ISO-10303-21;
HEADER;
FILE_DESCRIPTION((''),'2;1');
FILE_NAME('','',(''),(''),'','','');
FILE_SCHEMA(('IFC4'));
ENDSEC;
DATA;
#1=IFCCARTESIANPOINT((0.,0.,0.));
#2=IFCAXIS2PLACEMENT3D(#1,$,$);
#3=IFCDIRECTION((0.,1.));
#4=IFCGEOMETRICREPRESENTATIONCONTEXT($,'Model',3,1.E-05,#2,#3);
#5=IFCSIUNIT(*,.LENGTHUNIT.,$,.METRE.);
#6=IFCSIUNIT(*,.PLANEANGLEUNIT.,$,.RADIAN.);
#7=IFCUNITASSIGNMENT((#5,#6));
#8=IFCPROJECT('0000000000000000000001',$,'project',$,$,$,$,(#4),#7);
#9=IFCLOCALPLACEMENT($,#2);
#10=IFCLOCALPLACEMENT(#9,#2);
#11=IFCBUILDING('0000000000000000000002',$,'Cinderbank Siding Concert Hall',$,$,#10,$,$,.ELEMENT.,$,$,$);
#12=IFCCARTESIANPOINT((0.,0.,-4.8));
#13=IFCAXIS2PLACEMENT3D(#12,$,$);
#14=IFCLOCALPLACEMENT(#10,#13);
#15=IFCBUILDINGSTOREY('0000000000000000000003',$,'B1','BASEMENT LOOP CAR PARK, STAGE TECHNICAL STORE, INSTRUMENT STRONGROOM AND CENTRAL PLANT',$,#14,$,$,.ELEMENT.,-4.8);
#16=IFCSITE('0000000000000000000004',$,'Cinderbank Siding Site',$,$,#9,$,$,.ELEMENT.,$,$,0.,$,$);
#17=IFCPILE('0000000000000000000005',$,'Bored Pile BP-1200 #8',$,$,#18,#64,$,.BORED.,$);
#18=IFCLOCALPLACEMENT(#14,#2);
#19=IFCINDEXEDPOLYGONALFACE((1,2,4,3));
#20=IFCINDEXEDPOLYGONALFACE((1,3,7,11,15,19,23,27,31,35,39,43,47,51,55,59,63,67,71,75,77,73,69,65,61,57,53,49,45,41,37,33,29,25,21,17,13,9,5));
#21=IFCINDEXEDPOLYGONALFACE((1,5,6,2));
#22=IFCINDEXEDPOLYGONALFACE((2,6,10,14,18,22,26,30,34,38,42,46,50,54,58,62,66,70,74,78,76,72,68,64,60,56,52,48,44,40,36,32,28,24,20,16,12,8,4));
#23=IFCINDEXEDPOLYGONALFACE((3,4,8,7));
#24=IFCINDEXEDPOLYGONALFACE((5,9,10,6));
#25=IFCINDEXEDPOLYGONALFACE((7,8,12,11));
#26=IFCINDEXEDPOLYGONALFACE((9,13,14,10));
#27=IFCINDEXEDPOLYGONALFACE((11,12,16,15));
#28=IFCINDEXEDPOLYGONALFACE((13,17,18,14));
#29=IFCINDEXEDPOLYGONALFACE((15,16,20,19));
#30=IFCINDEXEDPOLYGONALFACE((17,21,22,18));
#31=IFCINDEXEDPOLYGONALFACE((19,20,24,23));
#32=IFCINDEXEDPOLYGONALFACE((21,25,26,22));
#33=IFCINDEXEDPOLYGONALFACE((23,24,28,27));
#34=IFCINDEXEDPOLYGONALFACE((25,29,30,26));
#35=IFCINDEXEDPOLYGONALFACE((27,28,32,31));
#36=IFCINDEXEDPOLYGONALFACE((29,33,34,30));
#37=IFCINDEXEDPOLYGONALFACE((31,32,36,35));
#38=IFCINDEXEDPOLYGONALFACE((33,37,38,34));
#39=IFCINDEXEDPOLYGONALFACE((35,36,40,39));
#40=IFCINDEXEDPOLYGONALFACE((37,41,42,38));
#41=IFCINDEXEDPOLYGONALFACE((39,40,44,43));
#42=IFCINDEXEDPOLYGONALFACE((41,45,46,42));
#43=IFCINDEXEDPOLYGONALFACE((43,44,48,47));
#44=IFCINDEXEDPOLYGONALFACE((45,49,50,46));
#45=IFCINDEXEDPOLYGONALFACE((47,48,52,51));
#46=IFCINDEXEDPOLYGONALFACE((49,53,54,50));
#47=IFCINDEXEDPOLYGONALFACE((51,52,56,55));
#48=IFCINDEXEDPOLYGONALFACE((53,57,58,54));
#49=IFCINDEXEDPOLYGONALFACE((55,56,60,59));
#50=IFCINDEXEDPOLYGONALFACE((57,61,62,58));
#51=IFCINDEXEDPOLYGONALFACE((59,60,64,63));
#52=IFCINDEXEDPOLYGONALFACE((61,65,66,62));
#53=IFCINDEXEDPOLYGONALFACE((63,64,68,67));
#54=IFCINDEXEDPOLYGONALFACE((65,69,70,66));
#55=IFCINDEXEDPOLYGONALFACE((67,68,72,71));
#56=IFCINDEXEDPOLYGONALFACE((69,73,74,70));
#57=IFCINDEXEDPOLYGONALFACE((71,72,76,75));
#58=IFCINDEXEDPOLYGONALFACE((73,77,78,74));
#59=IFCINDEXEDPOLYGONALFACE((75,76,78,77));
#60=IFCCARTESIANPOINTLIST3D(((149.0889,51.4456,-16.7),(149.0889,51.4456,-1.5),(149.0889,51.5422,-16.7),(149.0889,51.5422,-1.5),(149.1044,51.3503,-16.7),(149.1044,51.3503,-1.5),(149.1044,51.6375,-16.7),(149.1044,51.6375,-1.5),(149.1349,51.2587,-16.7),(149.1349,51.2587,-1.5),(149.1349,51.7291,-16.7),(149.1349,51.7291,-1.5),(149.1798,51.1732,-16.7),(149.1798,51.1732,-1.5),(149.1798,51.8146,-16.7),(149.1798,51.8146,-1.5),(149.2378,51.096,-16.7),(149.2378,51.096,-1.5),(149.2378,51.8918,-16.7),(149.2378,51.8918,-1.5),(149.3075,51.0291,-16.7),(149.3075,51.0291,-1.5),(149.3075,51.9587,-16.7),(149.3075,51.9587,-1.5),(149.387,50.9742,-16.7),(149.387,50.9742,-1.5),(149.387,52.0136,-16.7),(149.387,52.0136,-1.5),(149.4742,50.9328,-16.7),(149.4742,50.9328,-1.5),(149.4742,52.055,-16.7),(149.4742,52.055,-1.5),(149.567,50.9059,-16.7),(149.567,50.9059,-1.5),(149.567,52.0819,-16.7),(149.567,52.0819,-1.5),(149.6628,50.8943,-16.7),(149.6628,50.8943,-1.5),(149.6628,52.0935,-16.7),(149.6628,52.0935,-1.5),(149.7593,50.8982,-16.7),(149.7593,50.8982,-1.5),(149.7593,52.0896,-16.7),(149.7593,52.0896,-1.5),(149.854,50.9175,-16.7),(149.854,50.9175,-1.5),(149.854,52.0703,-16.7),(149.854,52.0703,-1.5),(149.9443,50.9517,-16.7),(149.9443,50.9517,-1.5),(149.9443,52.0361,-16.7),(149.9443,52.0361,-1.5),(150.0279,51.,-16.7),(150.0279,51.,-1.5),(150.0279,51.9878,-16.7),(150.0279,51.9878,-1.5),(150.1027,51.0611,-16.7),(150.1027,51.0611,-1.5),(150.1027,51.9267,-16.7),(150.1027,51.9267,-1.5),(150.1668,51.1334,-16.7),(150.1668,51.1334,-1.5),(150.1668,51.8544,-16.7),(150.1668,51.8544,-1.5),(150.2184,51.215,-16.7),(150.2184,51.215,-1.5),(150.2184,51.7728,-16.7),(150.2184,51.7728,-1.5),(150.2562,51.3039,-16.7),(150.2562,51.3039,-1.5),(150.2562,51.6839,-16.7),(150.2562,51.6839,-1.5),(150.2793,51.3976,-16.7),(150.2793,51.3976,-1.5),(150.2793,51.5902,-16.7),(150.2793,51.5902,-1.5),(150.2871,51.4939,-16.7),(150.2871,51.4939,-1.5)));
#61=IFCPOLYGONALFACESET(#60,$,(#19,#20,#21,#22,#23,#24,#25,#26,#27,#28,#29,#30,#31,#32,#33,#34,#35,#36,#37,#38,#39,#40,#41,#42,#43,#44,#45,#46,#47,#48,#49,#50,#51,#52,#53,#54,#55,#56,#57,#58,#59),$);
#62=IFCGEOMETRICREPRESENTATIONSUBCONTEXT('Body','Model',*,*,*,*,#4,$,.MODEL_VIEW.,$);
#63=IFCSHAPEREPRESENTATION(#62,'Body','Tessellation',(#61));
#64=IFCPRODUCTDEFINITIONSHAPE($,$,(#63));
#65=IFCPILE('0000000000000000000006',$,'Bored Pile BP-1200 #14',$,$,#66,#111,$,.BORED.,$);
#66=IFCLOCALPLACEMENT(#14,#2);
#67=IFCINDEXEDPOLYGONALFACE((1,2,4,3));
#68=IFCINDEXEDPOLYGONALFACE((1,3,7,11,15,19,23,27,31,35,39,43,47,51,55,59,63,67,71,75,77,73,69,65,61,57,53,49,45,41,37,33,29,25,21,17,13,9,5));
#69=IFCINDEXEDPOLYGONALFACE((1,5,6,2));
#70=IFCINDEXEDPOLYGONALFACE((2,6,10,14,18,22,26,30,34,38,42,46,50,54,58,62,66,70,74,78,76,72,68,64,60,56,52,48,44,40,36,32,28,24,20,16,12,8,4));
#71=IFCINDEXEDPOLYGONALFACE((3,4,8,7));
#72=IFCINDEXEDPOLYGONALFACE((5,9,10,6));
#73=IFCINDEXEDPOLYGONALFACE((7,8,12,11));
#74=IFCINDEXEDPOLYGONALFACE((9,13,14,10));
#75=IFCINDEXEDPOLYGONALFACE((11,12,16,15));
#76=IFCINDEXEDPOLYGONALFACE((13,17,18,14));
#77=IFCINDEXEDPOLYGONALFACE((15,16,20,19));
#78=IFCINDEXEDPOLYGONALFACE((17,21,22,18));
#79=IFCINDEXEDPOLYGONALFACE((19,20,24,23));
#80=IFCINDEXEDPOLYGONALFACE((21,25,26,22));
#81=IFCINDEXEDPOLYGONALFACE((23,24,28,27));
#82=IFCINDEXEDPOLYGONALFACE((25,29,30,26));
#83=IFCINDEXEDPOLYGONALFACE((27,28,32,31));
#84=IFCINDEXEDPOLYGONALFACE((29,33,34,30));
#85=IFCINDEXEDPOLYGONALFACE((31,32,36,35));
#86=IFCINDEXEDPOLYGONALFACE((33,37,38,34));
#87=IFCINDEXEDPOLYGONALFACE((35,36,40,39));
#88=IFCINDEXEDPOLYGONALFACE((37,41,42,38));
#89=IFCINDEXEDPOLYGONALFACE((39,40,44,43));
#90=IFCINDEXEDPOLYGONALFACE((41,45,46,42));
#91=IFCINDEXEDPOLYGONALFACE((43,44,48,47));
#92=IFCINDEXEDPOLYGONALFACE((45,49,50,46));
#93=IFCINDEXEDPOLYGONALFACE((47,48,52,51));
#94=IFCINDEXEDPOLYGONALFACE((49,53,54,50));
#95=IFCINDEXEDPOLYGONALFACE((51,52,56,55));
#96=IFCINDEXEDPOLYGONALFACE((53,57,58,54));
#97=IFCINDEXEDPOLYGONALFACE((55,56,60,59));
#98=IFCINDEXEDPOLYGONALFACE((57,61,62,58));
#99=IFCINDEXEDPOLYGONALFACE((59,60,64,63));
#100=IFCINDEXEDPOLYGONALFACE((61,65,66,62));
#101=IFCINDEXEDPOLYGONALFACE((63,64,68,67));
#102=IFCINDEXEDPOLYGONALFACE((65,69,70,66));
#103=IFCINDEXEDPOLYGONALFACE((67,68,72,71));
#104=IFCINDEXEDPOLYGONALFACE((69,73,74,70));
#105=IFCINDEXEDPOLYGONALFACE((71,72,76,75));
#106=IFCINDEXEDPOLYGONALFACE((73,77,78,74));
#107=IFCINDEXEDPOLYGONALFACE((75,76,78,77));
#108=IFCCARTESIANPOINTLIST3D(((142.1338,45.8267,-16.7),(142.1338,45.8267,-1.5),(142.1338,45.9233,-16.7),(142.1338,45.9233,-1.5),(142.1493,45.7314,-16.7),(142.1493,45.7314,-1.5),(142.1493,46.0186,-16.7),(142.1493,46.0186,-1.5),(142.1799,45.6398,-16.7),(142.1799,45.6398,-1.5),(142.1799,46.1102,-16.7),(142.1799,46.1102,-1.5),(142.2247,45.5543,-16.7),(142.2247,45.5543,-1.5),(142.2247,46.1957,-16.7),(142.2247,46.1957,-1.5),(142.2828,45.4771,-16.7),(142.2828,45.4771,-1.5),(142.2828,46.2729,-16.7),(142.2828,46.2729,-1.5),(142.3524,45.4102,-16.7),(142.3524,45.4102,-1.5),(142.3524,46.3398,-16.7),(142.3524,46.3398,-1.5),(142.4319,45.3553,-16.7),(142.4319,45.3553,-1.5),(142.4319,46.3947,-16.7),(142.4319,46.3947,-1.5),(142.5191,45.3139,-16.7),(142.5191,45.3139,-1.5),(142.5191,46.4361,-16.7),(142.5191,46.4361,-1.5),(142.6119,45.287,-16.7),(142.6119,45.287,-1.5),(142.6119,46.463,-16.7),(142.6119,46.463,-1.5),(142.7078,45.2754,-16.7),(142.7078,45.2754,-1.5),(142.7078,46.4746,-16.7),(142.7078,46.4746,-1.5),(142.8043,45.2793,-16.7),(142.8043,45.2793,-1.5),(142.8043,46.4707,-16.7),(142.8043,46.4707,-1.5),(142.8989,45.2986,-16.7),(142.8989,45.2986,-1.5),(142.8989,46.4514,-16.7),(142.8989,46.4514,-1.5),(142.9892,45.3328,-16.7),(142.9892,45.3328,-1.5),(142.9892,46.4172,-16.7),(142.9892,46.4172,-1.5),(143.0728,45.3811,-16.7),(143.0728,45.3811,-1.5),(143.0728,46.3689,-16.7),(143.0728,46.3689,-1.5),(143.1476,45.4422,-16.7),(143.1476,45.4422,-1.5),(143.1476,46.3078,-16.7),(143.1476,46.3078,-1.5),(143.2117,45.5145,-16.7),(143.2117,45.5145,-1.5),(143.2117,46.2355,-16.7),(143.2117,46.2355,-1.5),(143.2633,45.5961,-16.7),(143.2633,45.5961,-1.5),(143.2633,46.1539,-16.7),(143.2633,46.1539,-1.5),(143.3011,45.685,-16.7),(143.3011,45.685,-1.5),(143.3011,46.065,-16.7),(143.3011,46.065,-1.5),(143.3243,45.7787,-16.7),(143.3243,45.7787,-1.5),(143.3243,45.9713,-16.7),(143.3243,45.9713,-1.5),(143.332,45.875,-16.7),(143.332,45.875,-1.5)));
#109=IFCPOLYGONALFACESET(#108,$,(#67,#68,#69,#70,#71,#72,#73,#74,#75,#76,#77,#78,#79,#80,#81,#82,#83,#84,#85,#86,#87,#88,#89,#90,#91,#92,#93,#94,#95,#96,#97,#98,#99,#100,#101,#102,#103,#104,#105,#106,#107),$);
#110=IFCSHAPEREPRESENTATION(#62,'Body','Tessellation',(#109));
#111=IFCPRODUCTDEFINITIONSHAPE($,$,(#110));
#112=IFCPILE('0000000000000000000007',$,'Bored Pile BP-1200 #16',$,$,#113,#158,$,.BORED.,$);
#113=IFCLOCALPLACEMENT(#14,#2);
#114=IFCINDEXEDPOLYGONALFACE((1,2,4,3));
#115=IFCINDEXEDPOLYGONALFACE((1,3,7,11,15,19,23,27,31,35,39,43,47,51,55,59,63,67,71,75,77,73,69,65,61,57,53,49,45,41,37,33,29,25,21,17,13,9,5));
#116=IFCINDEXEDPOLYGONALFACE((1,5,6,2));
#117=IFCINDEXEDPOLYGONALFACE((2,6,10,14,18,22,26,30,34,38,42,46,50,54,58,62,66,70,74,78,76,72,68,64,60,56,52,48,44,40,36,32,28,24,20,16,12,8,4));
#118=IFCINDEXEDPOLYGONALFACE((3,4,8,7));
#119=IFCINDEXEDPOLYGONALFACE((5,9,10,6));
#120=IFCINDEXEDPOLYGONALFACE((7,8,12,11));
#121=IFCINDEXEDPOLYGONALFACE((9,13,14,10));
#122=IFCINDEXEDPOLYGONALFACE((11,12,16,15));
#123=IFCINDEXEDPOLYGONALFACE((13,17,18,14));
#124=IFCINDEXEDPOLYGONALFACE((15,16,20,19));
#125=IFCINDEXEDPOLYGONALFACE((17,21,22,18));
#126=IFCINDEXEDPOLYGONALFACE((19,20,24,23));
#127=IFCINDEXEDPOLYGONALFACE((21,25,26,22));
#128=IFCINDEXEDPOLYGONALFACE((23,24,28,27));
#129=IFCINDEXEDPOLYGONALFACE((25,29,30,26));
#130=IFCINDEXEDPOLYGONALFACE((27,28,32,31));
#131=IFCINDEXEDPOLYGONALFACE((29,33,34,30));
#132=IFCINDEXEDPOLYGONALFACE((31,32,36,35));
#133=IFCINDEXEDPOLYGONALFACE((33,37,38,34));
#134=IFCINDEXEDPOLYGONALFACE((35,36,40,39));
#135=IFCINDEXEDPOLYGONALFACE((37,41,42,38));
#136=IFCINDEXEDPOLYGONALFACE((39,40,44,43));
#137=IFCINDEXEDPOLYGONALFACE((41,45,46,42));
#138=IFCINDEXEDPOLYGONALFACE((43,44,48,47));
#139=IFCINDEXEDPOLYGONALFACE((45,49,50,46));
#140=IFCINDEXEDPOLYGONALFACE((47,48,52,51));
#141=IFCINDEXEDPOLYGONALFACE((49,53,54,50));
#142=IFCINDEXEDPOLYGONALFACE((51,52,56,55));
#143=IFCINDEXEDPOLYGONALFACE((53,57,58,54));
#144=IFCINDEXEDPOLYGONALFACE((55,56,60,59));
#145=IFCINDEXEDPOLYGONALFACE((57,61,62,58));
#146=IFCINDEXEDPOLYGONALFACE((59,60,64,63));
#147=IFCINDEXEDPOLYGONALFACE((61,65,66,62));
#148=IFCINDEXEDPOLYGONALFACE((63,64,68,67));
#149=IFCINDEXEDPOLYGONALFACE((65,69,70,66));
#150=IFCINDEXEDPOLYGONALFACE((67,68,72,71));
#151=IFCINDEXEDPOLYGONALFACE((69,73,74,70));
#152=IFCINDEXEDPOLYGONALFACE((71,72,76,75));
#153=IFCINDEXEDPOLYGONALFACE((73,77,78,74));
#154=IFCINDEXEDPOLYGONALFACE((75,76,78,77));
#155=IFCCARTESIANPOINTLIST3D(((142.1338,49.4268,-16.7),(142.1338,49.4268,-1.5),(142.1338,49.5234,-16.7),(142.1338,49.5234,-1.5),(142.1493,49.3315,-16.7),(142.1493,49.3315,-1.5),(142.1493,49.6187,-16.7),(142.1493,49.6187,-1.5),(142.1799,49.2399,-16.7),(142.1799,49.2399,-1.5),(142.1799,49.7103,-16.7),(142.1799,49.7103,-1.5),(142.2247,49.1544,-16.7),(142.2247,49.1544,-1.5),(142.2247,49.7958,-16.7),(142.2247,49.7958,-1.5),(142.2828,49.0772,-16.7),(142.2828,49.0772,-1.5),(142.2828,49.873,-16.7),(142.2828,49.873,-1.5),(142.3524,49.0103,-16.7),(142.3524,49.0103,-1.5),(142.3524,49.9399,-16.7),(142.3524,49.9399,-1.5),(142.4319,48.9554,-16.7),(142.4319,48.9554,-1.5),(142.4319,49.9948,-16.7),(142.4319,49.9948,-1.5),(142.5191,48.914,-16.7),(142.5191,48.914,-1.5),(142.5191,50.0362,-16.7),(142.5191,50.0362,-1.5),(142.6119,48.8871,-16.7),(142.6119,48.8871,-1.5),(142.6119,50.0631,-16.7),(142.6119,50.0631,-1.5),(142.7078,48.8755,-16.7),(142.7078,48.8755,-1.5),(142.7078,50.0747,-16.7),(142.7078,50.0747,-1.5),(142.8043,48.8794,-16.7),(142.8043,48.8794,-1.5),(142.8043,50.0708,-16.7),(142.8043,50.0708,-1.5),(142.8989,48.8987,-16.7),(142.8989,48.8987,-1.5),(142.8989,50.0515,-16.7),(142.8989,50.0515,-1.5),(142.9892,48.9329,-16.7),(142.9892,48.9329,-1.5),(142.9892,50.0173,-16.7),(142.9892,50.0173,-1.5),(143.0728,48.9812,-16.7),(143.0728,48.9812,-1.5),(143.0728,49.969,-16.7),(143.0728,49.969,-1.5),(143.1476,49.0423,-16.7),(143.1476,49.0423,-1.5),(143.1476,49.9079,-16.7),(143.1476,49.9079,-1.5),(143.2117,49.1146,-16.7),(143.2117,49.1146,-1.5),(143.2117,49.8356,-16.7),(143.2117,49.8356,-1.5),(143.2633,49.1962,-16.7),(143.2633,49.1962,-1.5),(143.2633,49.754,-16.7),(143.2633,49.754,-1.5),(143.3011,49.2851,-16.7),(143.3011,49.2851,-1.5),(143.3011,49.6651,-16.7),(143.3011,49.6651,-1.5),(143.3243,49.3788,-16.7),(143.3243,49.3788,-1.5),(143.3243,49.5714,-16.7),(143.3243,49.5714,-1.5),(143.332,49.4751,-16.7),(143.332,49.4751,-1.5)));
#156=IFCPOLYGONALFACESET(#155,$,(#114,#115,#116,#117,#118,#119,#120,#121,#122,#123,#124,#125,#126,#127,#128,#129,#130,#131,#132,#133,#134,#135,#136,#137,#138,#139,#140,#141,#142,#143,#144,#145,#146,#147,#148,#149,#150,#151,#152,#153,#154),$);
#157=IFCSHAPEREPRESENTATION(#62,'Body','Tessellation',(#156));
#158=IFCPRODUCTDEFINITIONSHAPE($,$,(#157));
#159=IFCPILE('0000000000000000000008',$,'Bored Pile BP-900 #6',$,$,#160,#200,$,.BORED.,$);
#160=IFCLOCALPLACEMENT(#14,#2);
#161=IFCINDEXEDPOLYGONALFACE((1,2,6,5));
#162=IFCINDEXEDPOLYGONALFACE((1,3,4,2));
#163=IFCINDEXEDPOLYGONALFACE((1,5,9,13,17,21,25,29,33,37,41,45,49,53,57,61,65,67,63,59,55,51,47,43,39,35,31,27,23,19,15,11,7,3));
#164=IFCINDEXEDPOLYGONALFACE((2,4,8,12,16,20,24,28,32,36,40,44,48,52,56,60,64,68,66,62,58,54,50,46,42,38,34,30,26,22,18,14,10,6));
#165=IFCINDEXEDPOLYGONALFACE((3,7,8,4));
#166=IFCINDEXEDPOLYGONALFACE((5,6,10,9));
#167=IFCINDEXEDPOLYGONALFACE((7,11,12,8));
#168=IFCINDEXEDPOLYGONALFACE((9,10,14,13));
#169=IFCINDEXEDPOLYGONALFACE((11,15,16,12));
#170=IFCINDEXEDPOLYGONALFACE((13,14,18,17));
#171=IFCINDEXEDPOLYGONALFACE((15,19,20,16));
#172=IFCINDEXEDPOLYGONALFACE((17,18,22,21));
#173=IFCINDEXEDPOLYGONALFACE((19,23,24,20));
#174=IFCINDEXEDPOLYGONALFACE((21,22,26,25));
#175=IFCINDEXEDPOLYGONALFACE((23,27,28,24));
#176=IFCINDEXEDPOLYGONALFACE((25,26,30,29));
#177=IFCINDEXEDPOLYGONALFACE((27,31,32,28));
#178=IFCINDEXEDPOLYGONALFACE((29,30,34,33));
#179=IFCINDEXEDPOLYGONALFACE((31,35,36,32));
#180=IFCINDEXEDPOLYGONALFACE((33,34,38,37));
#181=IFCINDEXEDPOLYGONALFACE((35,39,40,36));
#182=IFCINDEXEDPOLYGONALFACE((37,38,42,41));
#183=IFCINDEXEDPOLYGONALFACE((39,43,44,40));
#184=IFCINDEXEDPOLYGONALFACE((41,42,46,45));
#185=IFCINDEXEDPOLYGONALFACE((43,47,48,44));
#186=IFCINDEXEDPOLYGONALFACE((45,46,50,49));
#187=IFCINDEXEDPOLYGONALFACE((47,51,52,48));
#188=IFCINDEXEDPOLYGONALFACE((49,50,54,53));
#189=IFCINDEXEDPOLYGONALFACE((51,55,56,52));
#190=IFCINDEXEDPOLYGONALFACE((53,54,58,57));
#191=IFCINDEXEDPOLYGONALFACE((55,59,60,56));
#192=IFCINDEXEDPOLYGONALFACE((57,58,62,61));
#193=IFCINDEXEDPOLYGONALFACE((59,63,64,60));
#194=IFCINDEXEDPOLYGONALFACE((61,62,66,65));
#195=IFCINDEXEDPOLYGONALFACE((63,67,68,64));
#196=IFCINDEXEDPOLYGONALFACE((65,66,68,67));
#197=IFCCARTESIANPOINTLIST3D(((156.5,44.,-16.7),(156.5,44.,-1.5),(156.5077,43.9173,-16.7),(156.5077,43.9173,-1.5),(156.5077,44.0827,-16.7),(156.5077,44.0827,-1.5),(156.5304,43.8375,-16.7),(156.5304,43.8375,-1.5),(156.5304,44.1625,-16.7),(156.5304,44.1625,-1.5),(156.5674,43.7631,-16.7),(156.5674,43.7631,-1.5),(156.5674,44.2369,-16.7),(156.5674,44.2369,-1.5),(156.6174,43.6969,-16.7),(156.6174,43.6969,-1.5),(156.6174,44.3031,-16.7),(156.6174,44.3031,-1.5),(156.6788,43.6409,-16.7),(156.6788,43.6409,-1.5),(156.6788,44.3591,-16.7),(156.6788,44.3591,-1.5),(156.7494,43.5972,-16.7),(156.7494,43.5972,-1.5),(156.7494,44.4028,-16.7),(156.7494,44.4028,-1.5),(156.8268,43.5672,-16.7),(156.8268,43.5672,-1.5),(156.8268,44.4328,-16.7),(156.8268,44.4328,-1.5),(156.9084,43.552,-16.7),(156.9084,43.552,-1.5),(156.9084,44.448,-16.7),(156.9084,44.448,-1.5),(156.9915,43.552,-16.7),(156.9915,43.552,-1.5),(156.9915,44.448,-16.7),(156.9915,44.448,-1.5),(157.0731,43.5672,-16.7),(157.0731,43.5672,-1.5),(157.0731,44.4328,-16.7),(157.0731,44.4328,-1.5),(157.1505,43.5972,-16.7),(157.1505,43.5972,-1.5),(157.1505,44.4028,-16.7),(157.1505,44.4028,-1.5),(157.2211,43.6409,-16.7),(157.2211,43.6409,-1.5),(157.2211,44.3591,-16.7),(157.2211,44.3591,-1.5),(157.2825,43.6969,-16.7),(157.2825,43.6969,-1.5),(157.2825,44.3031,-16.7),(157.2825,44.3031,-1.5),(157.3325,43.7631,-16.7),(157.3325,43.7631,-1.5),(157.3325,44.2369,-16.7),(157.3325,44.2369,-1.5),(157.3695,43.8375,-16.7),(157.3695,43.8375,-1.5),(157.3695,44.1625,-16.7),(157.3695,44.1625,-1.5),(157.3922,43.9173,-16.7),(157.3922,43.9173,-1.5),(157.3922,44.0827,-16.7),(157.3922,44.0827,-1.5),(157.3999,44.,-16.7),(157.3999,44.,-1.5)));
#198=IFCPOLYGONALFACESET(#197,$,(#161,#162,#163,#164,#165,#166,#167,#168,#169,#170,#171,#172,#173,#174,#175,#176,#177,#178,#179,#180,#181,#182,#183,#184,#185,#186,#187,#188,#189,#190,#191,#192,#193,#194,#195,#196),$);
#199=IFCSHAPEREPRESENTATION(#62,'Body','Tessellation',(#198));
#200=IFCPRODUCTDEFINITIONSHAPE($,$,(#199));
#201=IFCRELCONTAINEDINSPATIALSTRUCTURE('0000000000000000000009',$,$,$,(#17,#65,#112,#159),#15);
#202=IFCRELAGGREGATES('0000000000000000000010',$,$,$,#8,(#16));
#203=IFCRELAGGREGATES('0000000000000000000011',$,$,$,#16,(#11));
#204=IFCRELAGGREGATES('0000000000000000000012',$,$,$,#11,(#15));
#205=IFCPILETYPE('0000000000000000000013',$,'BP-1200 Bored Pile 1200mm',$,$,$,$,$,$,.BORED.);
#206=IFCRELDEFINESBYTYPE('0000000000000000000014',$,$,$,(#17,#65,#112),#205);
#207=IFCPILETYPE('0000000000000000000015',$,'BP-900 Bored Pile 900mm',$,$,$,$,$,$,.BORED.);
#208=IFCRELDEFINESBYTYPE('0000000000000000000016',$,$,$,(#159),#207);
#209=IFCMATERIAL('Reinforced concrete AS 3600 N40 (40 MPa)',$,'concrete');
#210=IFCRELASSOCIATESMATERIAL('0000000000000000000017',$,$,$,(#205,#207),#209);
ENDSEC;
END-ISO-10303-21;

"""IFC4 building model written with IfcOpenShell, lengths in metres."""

from ifc_helpers import new_model, si_unit, direction, frame, origin, origin_2d, place, context, subcontext, project, spatial, circle, extrude, material, material_profile, profile_set, type_object, element, save


model = new_model("IFC4")

# Units and contexts
model_context = context("Model", 3, precision=1e-05, world=origin(), true_north=direction((0.0, 1.0)))
body_context = subcontext(model_context, "Body", "Model", "MODEL_VIEW")
ifc_project = project(units=[si_unit("LENGTHUNIT", "METRE"), si_unit("PLANEANGLEUNIT", "RADIAN")], contexts=[model_context])

# Site, building, storey
site_placement = place(None, origin())
site = spatial("IfcSite", under=ifc_project, at=site_placement, Name="Cinderbank Siding Site", CompositionType="ELEMENT", RefElevation=0.0)
building_placement = place(site_placement, origin())
building = spatial("IfcBuilding", under=site, at=building_placement, Name="Cinderbank Siding Concert Hall", CompositionType="ELEMENT")
storey_placement = place(building_placement, frame((0.0, 0.0, -4.8)))
storey = spatial("IfcBuildingStorey", under=building, at=storey_placement, Name="B1", Description="BASEMENT LOOP CAR PARK, STAGE TECHNICAL STORE, INSTRUMENT STRONGROOM AND CENTRAL PLANT", CompositionType="ELEMENT", Elevation=-4.8)

# Piles
ifc_material_1 = material(Name="Reinforced concrete AS 3600 N40 (40 MPa)", Category="concrete")
ifc_material_profile_1 = material_profile(ifc_material_1, circle(Radius=0.6001, at=origin_2d()), Name="PILE-1200DIA", Category="LoadBearing")
ifc_profile_set_1 = profile_set([ifc_material_profile_1], Name="Reinforced concrete AS 3600 N40 (40 MPa)")
pile_type_1 = type_object("IfcPileType", Name="BP-1200 Bored Pile 1200mm", PredefinedType="BORED", material=ifc_profile_set_1)
for number, where, z_axis, x_axis, name in (
    (1, (149.687, 51.4939, -1.5), (0.0, 0.0, -1.0), (1.0, 0.0, 0.0), "Bored Pile BP-1200 #8"),
    (2, (142.7319, 45.875, -1.5), (0.0, 0.0, -1.0), (1.0, 0.0, 0.0), "Bored Pile BP-1200 #14"),
    (3, (142.7319, 49.4751, -1.5), (0.0, 0.0, -1.0), (1.0, 0.0, 0.0), "Bored Pile BP-1200 #16"),
):
    element("IfcPile", number, at=place(storey_placement, frame(where, z_axis=z_axis, x_axis=x_axis)), inside=storey, type_object=pile_type_1, Name=name, PredefinedType="BORED", context=body_context, shape_type="SweptSolid", body=[
        extrude(circle(Radius=0.6001, at=origin_2d()), origin(), (0.0, 0.0, 1.0), 15.2),
    ])
ifc_material_profile_2 = material_profile(ifc_material_1, circle(Radius=0.45, at=origin_2d()), Name="PILE-900DIA", Category="LoadBearing")
ifc_profile_set_2 = profile_set([ifc_material_profile_2], Name="Reinforced concrete AS 3600 N40 (40 MPa)")
pile_type_2 = type_object("IfcPileType", Name="BP-900 Bored Pile 900mm", PredefinedType="BORED", material=ifc_profile_set_2)
for number, where, z_axis, x_axis, name in (
    (4, (156.95, 44.0, -1.5), (0.0, 0.0, -1.0), (1.0, 0.0, 0.0), "Bored Pile BP-900 #6"),
):
    element("IfcPile", number, at=place(storey_placement, frame(where, z_axis=z_axis, x_axis=x_axis)), inside=storey, type_object=pile_type_2, Name=name, PredefinedType="BORED", context=body_context, shape_type="SweptSolid", body=[
        extrude(circle(Radius=0.45, at=origin_2d()), origin(), (0.0, 0.0, 1.0), 15.2),
    ])

save(model, "model.ifc")
